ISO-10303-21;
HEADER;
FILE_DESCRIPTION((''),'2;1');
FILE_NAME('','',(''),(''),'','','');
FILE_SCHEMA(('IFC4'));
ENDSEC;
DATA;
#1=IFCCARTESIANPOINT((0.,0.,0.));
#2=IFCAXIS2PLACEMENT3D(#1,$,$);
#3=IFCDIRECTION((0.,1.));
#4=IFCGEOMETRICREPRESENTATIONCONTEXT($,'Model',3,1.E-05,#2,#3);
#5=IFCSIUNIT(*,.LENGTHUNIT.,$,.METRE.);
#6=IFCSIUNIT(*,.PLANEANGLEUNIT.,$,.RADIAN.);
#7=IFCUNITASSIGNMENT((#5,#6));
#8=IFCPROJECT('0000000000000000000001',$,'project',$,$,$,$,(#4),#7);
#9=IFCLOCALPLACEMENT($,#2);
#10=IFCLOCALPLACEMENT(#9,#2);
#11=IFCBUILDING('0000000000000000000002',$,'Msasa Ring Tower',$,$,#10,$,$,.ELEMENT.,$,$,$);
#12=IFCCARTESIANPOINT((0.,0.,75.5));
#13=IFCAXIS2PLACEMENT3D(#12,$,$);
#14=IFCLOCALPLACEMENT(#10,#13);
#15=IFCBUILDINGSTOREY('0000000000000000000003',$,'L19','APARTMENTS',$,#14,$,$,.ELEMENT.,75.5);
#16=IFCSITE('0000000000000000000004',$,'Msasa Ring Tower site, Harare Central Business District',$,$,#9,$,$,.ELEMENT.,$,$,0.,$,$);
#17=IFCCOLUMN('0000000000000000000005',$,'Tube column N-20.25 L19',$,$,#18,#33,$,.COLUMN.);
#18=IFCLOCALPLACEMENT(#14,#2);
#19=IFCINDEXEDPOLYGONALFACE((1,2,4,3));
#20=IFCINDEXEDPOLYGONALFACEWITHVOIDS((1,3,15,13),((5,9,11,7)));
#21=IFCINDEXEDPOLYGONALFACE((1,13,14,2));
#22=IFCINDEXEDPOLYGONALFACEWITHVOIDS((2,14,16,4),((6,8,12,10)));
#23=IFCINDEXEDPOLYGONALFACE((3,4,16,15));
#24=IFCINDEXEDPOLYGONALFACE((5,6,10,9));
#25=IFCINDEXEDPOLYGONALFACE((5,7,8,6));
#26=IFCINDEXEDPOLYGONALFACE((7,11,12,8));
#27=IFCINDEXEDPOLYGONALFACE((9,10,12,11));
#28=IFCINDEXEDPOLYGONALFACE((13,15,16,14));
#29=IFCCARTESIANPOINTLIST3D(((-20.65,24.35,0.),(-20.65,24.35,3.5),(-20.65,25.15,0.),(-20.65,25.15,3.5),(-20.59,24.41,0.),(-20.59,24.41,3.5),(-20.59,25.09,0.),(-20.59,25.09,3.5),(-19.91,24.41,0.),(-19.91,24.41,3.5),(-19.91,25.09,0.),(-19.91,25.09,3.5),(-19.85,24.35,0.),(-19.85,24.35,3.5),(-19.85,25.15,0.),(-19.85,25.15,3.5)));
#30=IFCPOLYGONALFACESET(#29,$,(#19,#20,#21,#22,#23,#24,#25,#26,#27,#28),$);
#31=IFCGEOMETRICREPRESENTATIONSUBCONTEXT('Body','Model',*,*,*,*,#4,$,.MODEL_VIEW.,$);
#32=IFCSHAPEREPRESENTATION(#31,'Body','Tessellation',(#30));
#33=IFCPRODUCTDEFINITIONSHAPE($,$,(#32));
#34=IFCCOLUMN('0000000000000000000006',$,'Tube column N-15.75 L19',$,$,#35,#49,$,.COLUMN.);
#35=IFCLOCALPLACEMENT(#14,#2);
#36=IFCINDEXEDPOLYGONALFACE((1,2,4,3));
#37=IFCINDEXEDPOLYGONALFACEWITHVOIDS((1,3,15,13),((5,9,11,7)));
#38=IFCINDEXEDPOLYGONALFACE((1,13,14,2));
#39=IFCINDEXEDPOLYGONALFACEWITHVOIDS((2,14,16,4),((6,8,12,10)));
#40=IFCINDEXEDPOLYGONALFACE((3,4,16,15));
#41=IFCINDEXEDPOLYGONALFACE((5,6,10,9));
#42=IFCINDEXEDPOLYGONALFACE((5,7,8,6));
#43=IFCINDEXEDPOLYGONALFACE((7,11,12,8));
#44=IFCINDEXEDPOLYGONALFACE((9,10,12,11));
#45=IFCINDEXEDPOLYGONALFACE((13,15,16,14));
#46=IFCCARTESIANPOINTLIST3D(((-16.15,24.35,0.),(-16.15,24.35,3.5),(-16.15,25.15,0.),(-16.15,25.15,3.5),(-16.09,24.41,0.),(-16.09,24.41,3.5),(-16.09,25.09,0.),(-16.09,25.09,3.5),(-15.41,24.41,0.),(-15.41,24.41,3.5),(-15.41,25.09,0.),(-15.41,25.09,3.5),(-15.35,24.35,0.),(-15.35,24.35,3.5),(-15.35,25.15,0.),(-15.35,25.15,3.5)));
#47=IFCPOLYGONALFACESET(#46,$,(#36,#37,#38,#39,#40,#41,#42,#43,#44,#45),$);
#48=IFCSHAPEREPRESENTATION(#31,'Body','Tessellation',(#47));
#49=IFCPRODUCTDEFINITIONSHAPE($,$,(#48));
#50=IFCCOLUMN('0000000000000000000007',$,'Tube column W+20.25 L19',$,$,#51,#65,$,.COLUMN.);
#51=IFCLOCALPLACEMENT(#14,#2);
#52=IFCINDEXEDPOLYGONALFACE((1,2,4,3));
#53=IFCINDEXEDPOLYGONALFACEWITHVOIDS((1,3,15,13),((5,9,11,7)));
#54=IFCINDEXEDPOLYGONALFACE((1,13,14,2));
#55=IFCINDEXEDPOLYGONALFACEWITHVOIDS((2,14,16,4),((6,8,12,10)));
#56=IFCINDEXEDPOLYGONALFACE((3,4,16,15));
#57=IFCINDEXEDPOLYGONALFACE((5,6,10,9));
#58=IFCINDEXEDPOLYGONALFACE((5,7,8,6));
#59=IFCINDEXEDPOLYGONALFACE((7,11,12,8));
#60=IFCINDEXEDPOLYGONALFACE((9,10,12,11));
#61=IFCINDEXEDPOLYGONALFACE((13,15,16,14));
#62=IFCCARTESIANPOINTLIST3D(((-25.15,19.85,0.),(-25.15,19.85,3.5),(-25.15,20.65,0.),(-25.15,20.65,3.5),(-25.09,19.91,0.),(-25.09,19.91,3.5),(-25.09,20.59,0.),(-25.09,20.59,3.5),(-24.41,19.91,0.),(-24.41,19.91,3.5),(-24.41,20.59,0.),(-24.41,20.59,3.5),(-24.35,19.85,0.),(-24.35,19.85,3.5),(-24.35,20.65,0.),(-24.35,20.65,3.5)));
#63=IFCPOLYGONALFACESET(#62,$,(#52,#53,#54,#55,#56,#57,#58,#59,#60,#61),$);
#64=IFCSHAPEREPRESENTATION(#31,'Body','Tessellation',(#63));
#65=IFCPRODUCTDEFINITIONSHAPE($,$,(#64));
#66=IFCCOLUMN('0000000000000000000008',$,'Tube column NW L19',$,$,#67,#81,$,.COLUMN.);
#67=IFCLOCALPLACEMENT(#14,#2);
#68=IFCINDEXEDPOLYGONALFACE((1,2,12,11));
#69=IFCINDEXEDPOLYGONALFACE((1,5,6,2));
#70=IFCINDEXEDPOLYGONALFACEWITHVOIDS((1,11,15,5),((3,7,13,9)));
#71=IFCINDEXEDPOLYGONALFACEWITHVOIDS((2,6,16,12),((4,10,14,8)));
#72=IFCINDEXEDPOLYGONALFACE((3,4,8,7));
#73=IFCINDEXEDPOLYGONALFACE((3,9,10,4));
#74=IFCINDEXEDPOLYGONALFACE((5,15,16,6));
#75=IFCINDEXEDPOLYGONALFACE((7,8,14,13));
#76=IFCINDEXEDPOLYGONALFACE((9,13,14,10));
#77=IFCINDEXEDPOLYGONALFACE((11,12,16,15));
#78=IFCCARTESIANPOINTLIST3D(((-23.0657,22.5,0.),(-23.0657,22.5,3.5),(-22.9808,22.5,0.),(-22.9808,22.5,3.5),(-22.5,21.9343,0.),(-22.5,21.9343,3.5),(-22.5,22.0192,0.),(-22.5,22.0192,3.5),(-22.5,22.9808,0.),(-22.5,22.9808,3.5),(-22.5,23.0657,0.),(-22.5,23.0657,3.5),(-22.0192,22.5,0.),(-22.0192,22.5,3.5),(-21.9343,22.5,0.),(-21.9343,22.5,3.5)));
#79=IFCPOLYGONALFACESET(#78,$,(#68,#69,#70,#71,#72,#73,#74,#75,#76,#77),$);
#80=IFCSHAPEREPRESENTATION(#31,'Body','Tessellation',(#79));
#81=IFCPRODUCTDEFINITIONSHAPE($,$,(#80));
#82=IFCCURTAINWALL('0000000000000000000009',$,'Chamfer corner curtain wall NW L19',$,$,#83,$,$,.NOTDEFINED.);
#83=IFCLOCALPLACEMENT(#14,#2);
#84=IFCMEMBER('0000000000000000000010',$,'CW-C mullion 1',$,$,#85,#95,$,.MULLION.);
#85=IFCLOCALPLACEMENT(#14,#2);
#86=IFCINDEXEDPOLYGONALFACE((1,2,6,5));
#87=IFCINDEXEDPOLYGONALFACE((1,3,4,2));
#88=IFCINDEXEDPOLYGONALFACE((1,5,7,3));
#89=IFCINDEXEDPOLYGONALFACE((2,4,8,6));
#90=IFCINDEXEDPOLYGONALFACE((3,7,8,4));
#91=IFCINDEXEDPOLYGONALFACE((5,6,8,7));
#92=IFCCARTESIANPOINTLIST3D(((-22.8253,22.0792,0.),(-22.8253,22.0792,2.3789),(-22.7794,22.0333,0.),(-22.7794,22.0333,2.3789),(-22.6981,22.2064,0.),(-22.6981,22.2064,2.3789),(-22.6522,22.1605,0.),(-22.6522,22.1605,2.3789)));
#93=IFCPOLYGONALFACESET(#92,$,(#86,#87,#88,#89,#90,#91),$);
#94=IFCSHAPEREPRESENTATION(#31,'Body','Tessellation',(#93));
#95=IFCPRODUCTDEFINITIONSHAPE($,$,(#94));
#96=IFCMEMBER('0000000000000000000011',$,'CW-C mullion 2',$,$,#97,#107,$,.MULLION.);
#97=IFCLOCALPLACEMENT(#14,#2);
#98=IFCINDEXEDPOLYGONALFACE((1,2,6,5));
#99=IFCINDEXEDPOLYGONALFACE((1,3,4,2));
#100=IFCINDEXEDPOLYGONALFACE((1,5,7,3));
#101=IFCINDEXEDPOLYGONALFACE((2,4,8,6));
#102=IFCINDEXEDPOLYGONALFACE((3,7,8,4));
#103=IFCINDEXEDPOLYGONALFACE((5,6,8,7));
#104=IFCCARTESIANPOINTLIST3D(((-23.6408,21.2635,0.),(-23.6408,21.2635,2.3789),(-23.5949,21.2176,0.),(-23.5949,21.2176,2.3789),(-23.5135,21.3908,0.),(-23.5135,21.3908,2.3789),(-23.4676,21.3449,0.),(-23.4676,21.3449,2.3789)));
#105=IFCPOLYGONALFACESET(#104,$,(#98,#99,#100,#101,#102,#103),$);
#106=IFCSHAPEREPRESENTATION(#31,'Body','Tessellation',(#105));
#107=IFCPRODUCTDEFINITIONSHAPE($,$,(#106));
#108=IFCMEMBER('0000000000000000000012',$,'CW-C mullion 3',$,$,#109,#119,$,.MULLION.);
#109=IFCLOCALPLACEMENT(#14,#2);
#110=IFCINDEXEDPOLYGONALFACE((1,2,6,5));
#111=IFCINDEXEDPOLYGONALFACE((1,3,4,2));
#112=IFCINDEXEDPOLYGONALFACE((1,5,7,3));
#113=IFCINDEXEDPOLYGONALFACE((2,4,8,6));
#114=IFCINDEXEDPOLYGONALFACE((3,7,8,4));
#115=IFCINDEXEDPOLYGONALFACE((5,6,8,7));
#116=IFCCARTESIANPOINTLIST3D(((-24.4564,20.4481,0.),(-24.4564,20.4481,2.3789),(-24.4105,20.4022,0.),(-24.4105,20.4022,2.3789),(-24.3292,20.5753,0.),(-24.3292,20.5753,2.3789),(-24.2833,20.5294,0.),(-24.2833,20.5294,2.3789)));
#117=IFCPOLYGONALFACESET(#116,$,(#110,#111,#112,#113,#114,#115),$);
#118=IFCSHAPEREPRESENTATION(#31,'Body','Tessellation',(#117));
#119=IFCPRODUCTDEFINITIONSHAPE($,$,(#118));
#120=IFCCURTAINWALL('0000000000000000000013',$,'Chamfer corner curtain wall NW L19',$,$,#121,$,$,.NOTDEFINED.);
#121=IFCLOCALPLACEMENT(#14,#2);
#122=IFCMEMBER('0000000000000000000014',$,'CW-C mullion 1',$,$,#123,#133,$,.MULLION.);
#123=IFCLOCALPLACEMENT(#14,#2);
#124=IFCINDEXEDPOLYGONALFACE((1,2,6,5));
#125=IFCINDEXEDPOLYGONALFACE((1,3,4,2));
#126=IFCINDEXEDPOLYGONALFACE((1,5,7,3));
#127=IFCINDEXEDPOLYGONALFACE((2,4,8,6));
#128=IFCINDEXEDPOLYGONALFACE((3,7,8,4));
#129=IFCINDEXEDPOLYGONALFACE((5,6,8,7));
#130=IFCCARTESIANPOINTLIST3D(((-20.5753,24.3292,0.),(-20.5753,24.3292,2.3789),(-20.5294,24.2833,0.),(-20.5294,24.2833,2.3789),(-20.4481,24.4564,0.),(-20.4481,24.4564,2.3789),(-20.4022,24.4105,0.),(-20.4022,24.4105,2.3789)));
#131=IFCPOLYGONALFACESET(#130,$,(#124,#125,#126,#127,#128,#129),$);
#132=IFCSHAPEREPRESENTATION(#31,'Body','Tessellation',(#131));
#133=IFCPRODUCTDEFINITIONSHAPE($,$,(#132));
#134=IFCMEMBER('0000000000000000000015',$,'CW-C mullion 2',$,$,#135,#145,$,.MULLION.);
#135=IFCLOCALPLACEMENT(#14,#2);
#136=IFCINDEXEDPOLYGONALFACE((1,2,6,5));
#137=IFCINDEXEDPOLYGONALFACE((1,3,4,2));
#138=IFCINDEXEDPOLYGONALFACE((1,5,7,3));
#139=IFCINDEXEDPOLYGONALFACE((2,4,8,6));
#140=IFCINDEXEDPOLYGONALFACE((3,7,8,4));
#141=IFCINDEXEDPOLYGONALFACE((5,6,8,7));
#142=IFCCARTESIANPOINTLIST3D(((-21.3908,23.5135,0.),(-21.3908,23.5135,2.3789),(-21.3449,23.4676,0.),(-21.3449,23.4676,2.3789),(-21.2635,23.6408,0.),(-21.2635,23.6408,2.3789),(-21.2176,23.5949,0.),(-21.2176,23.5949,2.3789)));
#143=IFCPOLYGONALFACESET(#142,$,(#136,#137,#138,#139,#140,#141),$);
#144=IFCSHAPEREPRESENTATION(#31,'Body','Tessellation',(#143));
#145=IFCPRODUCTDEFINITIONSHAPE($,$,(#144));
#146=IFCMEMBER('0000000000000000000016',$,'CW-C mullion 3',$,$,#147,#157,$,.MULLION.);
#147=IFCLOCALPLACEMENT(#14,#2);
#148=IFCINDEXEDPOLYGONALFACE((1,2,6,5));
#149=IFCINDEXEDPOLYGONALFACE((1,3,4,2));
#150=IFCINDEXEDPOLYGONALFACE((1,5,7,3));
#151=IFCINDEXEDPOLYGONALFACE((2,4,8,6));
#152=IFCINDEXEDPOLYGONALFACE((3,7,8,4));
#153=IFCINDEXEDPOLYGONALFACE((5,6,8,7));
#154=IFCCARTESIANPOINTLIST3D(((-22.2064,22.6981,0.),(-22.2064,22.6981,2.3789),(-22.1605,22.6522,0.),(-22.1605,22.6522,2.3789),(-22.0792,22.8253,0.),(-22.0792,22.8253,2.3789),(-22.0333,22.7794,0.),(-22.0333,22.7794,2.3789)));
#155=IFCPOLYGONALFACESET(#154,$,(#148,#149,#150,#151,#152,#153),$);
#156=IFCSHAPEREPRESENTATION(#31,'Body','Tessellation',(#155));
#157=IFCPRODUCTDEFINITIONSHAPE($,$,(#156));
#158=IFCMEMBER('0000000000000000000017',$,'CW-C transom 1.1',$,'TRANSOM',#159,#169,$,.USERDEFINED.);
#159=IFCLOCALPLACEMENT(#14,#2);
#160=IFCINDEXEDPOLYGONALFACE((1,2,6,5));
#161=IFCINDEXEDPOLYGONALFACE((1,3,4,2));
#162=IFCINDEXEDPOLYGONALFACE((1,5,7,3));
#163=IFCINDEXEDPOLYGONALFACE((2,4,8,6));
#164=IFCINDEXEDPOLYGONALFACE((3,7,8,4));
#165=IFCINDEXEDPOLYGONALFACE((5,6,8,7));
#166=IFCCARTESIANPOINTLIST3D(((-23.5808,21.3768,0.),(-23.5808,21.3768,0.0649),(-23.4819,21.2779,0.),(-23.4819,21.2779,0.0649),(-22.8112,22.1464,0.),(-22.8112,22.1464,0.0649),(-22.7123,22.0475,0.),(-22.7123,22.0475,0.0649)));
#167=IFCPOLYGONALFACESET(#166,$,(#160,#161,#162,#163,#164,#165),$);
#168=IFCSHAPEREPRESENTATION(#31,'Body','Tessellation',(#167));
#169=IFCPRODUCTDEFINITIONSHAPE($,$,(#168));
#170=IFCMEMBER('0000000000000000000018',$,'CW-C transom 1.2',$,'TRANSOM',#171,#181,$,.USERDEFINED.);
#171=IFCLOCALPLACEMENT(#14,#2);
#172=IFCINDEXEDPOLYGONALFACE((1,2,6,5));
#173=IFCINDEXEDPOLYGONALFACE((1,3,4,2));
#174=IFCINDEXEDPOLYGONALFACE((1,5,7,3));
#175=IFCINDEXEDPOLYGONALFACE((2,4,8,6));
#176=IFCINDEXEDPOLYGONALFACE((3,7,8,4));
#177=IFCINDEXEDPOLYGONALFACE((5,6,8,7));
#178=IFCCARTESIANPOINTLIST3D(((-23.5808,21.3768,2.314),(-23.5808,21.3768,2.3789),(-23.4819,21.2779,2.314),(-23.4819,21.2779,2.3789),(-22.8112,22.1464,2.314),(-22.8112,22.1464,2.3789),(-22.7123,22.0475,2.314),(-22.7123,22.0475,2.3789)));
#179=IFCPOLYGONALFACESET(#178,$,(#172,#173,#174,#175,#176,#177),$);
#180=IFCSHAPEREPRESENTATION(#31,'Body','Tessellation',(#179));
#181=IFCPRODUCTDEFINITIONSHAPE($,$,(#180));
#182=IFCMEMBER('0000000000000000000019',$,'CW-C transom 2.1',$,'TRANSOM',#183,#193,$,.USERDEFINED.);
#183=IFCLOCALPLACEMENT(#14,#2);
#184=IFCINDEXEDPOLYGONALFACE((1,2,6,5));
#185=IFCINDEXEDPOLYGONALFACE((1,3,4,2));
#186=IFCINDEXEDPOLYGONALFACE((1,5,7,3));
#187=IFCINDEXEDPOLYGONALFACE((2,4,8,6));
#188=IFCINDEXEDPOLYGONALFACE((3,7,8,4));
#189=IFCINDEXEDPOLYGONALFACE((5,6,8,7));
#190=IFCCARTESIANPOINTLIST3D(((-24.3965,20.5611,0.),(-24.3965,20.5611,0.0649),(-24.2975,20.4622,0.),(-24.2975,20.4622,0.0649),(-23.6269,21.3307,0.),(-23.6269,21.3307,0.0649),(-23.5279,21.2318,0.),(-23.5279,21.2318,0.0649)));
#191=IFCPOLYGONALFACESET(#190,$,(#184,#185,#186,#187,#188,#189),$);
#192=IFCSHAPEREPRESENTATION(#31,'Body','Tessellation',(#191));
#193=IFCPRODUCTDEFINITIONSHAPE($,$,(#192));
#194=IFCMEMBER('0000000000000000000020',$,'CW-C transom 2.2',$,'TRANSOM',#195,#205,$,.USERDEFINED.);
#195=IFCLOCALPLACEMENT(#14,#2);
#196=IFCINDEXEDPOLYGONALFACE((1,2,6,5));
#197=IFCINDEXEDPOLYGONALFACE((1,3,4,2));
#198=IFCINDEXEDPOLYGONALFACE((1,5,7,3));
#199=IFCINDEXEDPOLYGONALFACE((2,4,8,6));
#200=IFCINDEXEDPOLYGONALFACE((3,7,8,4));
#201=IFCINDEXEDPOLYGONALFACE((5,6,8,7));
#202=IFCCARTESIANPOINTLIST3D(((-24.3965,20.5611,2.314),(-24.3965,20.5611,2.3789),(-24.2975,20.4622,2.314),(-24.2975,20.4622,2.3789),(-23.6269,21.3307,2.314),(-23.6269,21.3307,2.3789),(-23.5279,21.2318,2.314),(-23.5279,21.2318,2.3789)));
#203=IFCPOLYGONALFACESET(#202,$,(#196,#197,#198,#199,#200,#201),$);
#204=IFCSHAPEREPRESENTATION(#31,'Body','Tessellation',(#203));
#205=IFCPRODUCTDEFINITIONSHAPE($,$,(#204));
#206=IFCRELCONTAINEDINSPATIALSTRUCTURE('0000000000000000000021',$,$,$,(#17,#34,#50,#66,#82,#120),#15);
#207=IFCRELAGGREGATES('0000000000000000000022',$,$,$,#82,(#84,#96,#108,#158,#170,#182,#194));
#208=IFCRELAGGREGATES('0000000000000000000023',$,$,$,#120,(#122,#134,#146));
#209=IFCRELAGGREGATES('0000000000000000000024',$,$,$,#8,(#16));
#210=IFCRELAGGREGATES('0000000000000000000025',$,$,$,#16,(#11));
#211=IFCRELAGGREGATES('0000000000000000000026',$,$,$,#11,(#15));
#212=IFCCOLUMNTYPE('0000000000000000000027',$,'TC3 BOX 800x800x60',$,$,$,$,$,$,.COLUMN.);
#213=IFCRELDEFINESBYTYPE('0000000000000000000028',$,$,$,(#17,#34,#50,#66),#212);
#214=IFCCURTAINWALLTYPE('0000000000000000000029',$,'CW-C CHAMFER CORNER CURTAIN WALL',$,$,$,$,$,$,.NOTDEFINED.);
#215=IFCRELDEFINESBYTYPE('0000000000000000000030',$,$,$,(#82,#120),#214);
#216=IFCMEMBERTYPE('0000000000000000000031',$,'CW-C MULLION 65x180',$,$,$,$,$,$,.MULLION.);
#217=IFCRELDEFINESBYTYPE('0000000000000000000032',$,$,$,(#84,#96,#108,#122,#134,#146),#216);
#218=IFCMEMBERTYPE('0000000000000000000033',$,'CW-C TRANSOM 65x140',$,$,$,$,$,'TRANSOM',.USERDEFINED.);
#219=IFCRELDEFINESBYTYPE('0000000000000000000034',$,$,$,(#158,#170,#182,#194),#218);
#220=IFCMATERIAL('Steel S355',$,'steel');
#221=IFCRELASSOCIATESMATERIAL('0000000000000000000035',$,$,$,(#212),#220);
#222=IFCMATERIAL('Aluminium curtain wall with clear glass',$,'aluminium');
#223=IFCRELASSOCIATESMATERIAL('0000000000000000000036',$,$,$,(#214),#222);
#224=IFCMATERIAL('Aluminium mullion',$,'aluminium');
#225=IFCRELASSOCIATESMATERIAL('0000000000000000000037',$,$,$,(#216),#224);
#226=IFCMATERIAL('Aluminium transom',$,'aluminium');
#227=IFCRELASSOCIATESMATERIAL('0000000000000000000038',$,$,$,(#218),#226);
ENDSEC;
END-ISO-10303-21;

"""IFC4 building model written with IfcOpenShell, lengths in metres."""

from ifc_helpers import new_model, si_unit, direction, frame, origin, origin_2d, place, context, subcontext, project, spatial, rectangle, hollow_rectangle, extrude, material, material_profile, profile_set, type_object, element, aggregate, save


model = new_model("IFC4")

# Units and contexts
model_context = context("Model", 3, precision=1e-05, world=origin(), true_north=direction((0.0, 1.0)))
body_context = subcontext(model_context, "Body", "Model", "MODEL_VIEW")
ifc_project = project(units=[si_unit("LENGTHUNIT", "METRE"), si_unit("PLANEANGLEUNIT", "RADIAN")], contexts=[model_context])

# Site, building, storey
site_placement = place(None, origin())
site = spatial("IfcSite", under=ifc_project, at=site_placement, Name="Msasa Ring Tower site, Harare Central Business District", CompositionType="ELEMENT", RefElevation=0.0)
building_placement = place(site_placement, origin())
building = spatial("IfcBuilding", under=site, at=building_placement, Name="Msasa Ring Tower", CompositionType="ELEMENT")
storey_placement = place(building_placement, frame((0.0, 0.0, 75.5)))
storey = spatial("IfcBuildingStorey", under=building, at=storey_placement, Name="L19", Description="APARTMENTS", CompositionType="ELEMENT", Elevation=75.5)

# Columns
ifc_material_1 = material(Name="Steel S355", Category="steel")
ifc_material_profile_1 = material_profile(ifc_material_1, hollow_rectangle(XDim=0.8, YDim=0.8, WallThickness=0.0601, at=origin_2d()), Name="BOX 800x800x60")
ifc_profile_set_1 = profile_set([ifc_material_profile_1], Name="Steel S355")
column_type = type_object("IfcColumnType", Name="TC3 BOX 800x800x60", PredefinedType="COLUMN", material=ifc_profile_set_1)
for number, where, z_axis, x_axis, name in (
    (1, (-20.25, 24.75, 0.0), (0.0, 0.0, 1.0), (0.0, 1.0, 0.0), "Tube column N-20.25 L19"),
    (2, (-15.75, 24.75, 0.0), (0.0, 0.0, 1.0), (0.0, 1.0, 0.0), "Tube column N-15.75 L19"),
    (3, (-24.75, 20.25, 0.0), (0.0, 0.0, 1.0), (1.0, 0.0, 0.0), "Tube column W+20.25 L19"),
    (4, (-22.5, 22.5, 0.0), (0.0, 0.0, 1.0), (0.707107, -0.707107, 0.0), "Tube column NW L19"),
):
    element("IfcColumn", number, at=place(storey_placement, frame(where, z_axis=z_axis, x_axis=x_axis)), inside=storey, type_object=column_type, Name=name, PredefinedType="COLUMN", context=body_context, shape_type="SweptSolid", body=[
        extrude(hollow_rectangle(XDim=0.8, YDim=0.8, WallThickness=0.0601, at=origin_2d()), origin(), (0.0, 0.0, 1.0), 3.5),
    ])

# Curtain walls, members
ifc_material_2 = material(Name="Aluminium curtain wall with clear glass", Category="aluminium")
curtain_wall_type = type_object("IfcCurtainWallType", Name="CW-C CHAMFER CORNER CURTAIN WALL", PredefinedType="NOTDEFINED", material=ifc_material_2)
curtain_wall_1_placement = place(storey_placement, origin())
curtain_wall_1 = element("IfcCurtainWall", 5, at=curtain_wall_1_placement, inside=storey, type_object=curtain_wall_type, Name="Chamfer corner curtain wall NW L19", PredefinedType="NOTDEFINED")
ifc_material_3 = material(Name="Aluminium mullion", Category="aluminium")
ifc_material_profile_2 = material_profile(ifc_material_3, rectangle(XDim=0.0649, YDim=0.1799, at=origin_2d()), Name="AL 65x180")
ifc_profile_set_2 = profile_set([ifc_material_profile_2], Name="Aluminium mullion")
member_type_1 = type_object("IfcMemberType", Name="CW-C MULLION 65x180", PredefinedType="MULLION", material=ifc_profile_set_2)
member_1_placement = place(storey_placement, frame((-22.7388, 22.1199, 0.0), z_axis=(0.0, 0.0, 1.0), x_axis=(0.707107, -0.707107, 0.0)))
member_1 = element("IfcMember", 6, at=member_1_placement, type_object=member_type_1, Name="CW-C mullion 1", PredefinedType="MULLION", context=body_context, shape_type="SweptSolid", body=[
    extrude(rectangle(XDim=0.0649, YDim=0.1799, at=origin_2d()), origin(), (0.0, 0.0, 1.0), 2.3789),
])
member_2_placement = place(storey_placement, frame((-23.5542, 21.3042, 0.0), z_axis=(0.0, 0.0, 1.0), x_axis=(0.707107, -0.707107, 0.0)))
member_2 = element("IfcMember", 7, at=member_2_placement, type_object=member_type_1, Name="CW-C mullion 2", PredefinedType="MULLION", context=body_context, shape_type="SweptSolid", body=[
    extrude(rectangle(XDim=0.0649, YDim=0.1799, at=origin_2d()), origin(), (0.0, 0.0, 1.0), 2.3789),
])
member_3_placement = place(storey_placement, frame((-24.3699, 20.4888, 0.0), z_axis=(0.0, 0.0, 1.0), x_axis=(0.707107, -0.707107, 0.0)))
member_3 = element("IfcMember", 8, at=member_3_placement, type_object=member_type_1, Name="CW-C mullion 3", PredefinedType="MULLION", context=body_context, shape_type="SweptSolid", body=[
    extrude(rectangle(XDim=0.0649, YDim=0.1799, at=origin_2d()), origin(), (0.0, 0.0, 1.0), 2.3789),
])
curtain_wall_2_placement = place(storey_placement, origin())
curtain_wall_2 = element("IfcCurtainWall", 9, at=curtain_wall_2_placement, inside=storey, type_object=curtain_wall_type, Name="Chamfer corner curtain wall NW L19", PredefinedType="NOTDEFINED")
member_4_placement = place(storey_placement, frame((-20.4888, 24.3699, 0.0), z_axis=(0.0, 0.0, 1.0), x_axis=(0.707107, -0.707107, 0.0)))
member_4 = element("IfcMember", 10, at=member_4_placement, type_object=member_type_1, Name="CW-C mullion 1", PredefinedType="MULLION", context=body_context, shape_type="SweptSolid", body=[
    extrude(rectangle(XDim=0.0649, YDim=0.1799, at=origin_2d()), origin(), (0.0, 0.0, 1.0), 2.3789),
])
member_5_placement = place(storey_placement, frame((-21.3042, 23.5542, 0.0), z_axis=(0.0, 0.0, 1.0), x_axis=(0.707107, -0.707107, 0.0)))
member_5 = element("IfcMember", 11, at=member_5_placement, type_object=member_type_1, Name="CW-C mullion 2", PredefinedType="MULLION", context=body_context, shape_type="SweptSolid", body=[
    extrude(rectangle(XDim=0.0649, YDim=0.1799, at=origin_2d()), origin(), (0.0, 0.0, 1.0), 2.3789),
])
member_6_placement = place(storey_placement, frame((-22.1199, 22.7388, 0.0), z_axis=(0.0, 0.0, 1.0), x_axis=(0.707107, -0.707107, 0.0)))
member_6 = element("IfcMember", 12, at=member_6_placement, type_object=member_type_1, Name="CW-C mullion 3", PredefinedType="MULLION", context=body_context, shape_type="SweptSolid", body=[
    extrude(rectangle(XDim=0.0649, YDim=0.1799, at=origin_2d()), origin(), (0.0, 0.0, 1.0), 2.3789),
])

# Members
ifc_material_4 = material(Name="Aluminium transom", Category="aluminium")
ifc_material_profile_3 = material_profile(ifc_material_4, rectangle(XDim=0.1399, YDim=0.0649, at=origin_2d()), Name="AL 65x140")
ifc_profile_set_3 = profile_set([ifc_material_profile_3], Name="Aluminium transom")
member_type_2 = type_object("IfcMemberType", Name="CW-C TRANSOM 65x140", ElementType="TRANSOM", PredefinedType="USERDEFINED", material=ifc_profile_set_3)
member_7_placement = place(storey_placement, frame((-22.7617, 22.0969, 0.0325), z_axis=(-0.707107, -0.707107, 0.0), x_axis=(0.707107, -0.707107, 0.0)))
member_7 = element("IfcMember", 13, at=member_7_placement, type_object=member_type_2, Name="CW-C transom 1.1", ObjectType="TRANSOM", PredefinedType="USERDEFINED", context=body_context, shape_type="SweptSolid", body=[
    extrude(rectangle(XDim=0.1399, YDim=0.0649, at=origin_2d()), origin(), (0.0, 0.0, 1.0), 1.0884),
])
member_8_placement = place(storey_placement, frame((-22.7617, 22.0969, 2.3464), z_axis=(-0.707107, -0.707107, 0.0), x_axis=(0.707107, -0.707107, 0.0)))
member_8 = element("IfcMember", 14, at=member_8_placement, type_object=member_type_2, Name="CW-C transom 1.2", ObjectType="TRANSOM", PredefinedType="USERDEFINED", context=body_context, shape_type="SweptSolid", body=[
    extrude(rectangle(XDim=0.1399, YDim=0.0649, at=origin_2d()), origin(), (0.0, 0.0, 1.0), 1.0884),
])
member_9_placement = place(storey_placement, frame((-23.5774, 21.2812, 0.0325), z_axis=(-0.707107, -0.707107, 0.0), x_axis=(0.707107, -0.707107, 0.0)))
member_9 = element("IfcMember", 15, at=member_9_placement, type_object=member_type_2, Name="CW-C transom 2.1", ObjectType="TRANSOM", PredefinedType="USERDEFINED", context=body_context, shape_type="SweptSolid", body=[
    extrude(rectangle(XDim=0.1399, YDim=0.0649, at=origin_2d()), origin(), (0.0, 0.0, 1.0), 1.0884),
])
member_10_placement = place(storey_placement, frame((-23.5774, 21.2812, 2.3464), z_axis=(-0.707107, -0.707107, 0.0), x_axis=(0.707107, -0.707107, 0.0)))
member_10 = element("IfcMember", 16, at=member_10_placement, type_object=member_type_2, Name="CW-C transom 2.2", ObjectType="TRANSOM", PredefinedType="USERDEFINED", context=body_context, shape_type="SweptSolid", body=[
    extrude(rectangle(XDim=0.1399, YDim=0.0649, at=origin_2d()), origin(), (0.0, 0.0, 1.0), 1.0884),
])

aggregate(curtain_wall_1, [member_1, member_2, member_3, member_7, member_8, member_9, member_10])
aggregate(curtain_wall_2, [member_4, member_5, member_6])

save(model, "model.ifc")
